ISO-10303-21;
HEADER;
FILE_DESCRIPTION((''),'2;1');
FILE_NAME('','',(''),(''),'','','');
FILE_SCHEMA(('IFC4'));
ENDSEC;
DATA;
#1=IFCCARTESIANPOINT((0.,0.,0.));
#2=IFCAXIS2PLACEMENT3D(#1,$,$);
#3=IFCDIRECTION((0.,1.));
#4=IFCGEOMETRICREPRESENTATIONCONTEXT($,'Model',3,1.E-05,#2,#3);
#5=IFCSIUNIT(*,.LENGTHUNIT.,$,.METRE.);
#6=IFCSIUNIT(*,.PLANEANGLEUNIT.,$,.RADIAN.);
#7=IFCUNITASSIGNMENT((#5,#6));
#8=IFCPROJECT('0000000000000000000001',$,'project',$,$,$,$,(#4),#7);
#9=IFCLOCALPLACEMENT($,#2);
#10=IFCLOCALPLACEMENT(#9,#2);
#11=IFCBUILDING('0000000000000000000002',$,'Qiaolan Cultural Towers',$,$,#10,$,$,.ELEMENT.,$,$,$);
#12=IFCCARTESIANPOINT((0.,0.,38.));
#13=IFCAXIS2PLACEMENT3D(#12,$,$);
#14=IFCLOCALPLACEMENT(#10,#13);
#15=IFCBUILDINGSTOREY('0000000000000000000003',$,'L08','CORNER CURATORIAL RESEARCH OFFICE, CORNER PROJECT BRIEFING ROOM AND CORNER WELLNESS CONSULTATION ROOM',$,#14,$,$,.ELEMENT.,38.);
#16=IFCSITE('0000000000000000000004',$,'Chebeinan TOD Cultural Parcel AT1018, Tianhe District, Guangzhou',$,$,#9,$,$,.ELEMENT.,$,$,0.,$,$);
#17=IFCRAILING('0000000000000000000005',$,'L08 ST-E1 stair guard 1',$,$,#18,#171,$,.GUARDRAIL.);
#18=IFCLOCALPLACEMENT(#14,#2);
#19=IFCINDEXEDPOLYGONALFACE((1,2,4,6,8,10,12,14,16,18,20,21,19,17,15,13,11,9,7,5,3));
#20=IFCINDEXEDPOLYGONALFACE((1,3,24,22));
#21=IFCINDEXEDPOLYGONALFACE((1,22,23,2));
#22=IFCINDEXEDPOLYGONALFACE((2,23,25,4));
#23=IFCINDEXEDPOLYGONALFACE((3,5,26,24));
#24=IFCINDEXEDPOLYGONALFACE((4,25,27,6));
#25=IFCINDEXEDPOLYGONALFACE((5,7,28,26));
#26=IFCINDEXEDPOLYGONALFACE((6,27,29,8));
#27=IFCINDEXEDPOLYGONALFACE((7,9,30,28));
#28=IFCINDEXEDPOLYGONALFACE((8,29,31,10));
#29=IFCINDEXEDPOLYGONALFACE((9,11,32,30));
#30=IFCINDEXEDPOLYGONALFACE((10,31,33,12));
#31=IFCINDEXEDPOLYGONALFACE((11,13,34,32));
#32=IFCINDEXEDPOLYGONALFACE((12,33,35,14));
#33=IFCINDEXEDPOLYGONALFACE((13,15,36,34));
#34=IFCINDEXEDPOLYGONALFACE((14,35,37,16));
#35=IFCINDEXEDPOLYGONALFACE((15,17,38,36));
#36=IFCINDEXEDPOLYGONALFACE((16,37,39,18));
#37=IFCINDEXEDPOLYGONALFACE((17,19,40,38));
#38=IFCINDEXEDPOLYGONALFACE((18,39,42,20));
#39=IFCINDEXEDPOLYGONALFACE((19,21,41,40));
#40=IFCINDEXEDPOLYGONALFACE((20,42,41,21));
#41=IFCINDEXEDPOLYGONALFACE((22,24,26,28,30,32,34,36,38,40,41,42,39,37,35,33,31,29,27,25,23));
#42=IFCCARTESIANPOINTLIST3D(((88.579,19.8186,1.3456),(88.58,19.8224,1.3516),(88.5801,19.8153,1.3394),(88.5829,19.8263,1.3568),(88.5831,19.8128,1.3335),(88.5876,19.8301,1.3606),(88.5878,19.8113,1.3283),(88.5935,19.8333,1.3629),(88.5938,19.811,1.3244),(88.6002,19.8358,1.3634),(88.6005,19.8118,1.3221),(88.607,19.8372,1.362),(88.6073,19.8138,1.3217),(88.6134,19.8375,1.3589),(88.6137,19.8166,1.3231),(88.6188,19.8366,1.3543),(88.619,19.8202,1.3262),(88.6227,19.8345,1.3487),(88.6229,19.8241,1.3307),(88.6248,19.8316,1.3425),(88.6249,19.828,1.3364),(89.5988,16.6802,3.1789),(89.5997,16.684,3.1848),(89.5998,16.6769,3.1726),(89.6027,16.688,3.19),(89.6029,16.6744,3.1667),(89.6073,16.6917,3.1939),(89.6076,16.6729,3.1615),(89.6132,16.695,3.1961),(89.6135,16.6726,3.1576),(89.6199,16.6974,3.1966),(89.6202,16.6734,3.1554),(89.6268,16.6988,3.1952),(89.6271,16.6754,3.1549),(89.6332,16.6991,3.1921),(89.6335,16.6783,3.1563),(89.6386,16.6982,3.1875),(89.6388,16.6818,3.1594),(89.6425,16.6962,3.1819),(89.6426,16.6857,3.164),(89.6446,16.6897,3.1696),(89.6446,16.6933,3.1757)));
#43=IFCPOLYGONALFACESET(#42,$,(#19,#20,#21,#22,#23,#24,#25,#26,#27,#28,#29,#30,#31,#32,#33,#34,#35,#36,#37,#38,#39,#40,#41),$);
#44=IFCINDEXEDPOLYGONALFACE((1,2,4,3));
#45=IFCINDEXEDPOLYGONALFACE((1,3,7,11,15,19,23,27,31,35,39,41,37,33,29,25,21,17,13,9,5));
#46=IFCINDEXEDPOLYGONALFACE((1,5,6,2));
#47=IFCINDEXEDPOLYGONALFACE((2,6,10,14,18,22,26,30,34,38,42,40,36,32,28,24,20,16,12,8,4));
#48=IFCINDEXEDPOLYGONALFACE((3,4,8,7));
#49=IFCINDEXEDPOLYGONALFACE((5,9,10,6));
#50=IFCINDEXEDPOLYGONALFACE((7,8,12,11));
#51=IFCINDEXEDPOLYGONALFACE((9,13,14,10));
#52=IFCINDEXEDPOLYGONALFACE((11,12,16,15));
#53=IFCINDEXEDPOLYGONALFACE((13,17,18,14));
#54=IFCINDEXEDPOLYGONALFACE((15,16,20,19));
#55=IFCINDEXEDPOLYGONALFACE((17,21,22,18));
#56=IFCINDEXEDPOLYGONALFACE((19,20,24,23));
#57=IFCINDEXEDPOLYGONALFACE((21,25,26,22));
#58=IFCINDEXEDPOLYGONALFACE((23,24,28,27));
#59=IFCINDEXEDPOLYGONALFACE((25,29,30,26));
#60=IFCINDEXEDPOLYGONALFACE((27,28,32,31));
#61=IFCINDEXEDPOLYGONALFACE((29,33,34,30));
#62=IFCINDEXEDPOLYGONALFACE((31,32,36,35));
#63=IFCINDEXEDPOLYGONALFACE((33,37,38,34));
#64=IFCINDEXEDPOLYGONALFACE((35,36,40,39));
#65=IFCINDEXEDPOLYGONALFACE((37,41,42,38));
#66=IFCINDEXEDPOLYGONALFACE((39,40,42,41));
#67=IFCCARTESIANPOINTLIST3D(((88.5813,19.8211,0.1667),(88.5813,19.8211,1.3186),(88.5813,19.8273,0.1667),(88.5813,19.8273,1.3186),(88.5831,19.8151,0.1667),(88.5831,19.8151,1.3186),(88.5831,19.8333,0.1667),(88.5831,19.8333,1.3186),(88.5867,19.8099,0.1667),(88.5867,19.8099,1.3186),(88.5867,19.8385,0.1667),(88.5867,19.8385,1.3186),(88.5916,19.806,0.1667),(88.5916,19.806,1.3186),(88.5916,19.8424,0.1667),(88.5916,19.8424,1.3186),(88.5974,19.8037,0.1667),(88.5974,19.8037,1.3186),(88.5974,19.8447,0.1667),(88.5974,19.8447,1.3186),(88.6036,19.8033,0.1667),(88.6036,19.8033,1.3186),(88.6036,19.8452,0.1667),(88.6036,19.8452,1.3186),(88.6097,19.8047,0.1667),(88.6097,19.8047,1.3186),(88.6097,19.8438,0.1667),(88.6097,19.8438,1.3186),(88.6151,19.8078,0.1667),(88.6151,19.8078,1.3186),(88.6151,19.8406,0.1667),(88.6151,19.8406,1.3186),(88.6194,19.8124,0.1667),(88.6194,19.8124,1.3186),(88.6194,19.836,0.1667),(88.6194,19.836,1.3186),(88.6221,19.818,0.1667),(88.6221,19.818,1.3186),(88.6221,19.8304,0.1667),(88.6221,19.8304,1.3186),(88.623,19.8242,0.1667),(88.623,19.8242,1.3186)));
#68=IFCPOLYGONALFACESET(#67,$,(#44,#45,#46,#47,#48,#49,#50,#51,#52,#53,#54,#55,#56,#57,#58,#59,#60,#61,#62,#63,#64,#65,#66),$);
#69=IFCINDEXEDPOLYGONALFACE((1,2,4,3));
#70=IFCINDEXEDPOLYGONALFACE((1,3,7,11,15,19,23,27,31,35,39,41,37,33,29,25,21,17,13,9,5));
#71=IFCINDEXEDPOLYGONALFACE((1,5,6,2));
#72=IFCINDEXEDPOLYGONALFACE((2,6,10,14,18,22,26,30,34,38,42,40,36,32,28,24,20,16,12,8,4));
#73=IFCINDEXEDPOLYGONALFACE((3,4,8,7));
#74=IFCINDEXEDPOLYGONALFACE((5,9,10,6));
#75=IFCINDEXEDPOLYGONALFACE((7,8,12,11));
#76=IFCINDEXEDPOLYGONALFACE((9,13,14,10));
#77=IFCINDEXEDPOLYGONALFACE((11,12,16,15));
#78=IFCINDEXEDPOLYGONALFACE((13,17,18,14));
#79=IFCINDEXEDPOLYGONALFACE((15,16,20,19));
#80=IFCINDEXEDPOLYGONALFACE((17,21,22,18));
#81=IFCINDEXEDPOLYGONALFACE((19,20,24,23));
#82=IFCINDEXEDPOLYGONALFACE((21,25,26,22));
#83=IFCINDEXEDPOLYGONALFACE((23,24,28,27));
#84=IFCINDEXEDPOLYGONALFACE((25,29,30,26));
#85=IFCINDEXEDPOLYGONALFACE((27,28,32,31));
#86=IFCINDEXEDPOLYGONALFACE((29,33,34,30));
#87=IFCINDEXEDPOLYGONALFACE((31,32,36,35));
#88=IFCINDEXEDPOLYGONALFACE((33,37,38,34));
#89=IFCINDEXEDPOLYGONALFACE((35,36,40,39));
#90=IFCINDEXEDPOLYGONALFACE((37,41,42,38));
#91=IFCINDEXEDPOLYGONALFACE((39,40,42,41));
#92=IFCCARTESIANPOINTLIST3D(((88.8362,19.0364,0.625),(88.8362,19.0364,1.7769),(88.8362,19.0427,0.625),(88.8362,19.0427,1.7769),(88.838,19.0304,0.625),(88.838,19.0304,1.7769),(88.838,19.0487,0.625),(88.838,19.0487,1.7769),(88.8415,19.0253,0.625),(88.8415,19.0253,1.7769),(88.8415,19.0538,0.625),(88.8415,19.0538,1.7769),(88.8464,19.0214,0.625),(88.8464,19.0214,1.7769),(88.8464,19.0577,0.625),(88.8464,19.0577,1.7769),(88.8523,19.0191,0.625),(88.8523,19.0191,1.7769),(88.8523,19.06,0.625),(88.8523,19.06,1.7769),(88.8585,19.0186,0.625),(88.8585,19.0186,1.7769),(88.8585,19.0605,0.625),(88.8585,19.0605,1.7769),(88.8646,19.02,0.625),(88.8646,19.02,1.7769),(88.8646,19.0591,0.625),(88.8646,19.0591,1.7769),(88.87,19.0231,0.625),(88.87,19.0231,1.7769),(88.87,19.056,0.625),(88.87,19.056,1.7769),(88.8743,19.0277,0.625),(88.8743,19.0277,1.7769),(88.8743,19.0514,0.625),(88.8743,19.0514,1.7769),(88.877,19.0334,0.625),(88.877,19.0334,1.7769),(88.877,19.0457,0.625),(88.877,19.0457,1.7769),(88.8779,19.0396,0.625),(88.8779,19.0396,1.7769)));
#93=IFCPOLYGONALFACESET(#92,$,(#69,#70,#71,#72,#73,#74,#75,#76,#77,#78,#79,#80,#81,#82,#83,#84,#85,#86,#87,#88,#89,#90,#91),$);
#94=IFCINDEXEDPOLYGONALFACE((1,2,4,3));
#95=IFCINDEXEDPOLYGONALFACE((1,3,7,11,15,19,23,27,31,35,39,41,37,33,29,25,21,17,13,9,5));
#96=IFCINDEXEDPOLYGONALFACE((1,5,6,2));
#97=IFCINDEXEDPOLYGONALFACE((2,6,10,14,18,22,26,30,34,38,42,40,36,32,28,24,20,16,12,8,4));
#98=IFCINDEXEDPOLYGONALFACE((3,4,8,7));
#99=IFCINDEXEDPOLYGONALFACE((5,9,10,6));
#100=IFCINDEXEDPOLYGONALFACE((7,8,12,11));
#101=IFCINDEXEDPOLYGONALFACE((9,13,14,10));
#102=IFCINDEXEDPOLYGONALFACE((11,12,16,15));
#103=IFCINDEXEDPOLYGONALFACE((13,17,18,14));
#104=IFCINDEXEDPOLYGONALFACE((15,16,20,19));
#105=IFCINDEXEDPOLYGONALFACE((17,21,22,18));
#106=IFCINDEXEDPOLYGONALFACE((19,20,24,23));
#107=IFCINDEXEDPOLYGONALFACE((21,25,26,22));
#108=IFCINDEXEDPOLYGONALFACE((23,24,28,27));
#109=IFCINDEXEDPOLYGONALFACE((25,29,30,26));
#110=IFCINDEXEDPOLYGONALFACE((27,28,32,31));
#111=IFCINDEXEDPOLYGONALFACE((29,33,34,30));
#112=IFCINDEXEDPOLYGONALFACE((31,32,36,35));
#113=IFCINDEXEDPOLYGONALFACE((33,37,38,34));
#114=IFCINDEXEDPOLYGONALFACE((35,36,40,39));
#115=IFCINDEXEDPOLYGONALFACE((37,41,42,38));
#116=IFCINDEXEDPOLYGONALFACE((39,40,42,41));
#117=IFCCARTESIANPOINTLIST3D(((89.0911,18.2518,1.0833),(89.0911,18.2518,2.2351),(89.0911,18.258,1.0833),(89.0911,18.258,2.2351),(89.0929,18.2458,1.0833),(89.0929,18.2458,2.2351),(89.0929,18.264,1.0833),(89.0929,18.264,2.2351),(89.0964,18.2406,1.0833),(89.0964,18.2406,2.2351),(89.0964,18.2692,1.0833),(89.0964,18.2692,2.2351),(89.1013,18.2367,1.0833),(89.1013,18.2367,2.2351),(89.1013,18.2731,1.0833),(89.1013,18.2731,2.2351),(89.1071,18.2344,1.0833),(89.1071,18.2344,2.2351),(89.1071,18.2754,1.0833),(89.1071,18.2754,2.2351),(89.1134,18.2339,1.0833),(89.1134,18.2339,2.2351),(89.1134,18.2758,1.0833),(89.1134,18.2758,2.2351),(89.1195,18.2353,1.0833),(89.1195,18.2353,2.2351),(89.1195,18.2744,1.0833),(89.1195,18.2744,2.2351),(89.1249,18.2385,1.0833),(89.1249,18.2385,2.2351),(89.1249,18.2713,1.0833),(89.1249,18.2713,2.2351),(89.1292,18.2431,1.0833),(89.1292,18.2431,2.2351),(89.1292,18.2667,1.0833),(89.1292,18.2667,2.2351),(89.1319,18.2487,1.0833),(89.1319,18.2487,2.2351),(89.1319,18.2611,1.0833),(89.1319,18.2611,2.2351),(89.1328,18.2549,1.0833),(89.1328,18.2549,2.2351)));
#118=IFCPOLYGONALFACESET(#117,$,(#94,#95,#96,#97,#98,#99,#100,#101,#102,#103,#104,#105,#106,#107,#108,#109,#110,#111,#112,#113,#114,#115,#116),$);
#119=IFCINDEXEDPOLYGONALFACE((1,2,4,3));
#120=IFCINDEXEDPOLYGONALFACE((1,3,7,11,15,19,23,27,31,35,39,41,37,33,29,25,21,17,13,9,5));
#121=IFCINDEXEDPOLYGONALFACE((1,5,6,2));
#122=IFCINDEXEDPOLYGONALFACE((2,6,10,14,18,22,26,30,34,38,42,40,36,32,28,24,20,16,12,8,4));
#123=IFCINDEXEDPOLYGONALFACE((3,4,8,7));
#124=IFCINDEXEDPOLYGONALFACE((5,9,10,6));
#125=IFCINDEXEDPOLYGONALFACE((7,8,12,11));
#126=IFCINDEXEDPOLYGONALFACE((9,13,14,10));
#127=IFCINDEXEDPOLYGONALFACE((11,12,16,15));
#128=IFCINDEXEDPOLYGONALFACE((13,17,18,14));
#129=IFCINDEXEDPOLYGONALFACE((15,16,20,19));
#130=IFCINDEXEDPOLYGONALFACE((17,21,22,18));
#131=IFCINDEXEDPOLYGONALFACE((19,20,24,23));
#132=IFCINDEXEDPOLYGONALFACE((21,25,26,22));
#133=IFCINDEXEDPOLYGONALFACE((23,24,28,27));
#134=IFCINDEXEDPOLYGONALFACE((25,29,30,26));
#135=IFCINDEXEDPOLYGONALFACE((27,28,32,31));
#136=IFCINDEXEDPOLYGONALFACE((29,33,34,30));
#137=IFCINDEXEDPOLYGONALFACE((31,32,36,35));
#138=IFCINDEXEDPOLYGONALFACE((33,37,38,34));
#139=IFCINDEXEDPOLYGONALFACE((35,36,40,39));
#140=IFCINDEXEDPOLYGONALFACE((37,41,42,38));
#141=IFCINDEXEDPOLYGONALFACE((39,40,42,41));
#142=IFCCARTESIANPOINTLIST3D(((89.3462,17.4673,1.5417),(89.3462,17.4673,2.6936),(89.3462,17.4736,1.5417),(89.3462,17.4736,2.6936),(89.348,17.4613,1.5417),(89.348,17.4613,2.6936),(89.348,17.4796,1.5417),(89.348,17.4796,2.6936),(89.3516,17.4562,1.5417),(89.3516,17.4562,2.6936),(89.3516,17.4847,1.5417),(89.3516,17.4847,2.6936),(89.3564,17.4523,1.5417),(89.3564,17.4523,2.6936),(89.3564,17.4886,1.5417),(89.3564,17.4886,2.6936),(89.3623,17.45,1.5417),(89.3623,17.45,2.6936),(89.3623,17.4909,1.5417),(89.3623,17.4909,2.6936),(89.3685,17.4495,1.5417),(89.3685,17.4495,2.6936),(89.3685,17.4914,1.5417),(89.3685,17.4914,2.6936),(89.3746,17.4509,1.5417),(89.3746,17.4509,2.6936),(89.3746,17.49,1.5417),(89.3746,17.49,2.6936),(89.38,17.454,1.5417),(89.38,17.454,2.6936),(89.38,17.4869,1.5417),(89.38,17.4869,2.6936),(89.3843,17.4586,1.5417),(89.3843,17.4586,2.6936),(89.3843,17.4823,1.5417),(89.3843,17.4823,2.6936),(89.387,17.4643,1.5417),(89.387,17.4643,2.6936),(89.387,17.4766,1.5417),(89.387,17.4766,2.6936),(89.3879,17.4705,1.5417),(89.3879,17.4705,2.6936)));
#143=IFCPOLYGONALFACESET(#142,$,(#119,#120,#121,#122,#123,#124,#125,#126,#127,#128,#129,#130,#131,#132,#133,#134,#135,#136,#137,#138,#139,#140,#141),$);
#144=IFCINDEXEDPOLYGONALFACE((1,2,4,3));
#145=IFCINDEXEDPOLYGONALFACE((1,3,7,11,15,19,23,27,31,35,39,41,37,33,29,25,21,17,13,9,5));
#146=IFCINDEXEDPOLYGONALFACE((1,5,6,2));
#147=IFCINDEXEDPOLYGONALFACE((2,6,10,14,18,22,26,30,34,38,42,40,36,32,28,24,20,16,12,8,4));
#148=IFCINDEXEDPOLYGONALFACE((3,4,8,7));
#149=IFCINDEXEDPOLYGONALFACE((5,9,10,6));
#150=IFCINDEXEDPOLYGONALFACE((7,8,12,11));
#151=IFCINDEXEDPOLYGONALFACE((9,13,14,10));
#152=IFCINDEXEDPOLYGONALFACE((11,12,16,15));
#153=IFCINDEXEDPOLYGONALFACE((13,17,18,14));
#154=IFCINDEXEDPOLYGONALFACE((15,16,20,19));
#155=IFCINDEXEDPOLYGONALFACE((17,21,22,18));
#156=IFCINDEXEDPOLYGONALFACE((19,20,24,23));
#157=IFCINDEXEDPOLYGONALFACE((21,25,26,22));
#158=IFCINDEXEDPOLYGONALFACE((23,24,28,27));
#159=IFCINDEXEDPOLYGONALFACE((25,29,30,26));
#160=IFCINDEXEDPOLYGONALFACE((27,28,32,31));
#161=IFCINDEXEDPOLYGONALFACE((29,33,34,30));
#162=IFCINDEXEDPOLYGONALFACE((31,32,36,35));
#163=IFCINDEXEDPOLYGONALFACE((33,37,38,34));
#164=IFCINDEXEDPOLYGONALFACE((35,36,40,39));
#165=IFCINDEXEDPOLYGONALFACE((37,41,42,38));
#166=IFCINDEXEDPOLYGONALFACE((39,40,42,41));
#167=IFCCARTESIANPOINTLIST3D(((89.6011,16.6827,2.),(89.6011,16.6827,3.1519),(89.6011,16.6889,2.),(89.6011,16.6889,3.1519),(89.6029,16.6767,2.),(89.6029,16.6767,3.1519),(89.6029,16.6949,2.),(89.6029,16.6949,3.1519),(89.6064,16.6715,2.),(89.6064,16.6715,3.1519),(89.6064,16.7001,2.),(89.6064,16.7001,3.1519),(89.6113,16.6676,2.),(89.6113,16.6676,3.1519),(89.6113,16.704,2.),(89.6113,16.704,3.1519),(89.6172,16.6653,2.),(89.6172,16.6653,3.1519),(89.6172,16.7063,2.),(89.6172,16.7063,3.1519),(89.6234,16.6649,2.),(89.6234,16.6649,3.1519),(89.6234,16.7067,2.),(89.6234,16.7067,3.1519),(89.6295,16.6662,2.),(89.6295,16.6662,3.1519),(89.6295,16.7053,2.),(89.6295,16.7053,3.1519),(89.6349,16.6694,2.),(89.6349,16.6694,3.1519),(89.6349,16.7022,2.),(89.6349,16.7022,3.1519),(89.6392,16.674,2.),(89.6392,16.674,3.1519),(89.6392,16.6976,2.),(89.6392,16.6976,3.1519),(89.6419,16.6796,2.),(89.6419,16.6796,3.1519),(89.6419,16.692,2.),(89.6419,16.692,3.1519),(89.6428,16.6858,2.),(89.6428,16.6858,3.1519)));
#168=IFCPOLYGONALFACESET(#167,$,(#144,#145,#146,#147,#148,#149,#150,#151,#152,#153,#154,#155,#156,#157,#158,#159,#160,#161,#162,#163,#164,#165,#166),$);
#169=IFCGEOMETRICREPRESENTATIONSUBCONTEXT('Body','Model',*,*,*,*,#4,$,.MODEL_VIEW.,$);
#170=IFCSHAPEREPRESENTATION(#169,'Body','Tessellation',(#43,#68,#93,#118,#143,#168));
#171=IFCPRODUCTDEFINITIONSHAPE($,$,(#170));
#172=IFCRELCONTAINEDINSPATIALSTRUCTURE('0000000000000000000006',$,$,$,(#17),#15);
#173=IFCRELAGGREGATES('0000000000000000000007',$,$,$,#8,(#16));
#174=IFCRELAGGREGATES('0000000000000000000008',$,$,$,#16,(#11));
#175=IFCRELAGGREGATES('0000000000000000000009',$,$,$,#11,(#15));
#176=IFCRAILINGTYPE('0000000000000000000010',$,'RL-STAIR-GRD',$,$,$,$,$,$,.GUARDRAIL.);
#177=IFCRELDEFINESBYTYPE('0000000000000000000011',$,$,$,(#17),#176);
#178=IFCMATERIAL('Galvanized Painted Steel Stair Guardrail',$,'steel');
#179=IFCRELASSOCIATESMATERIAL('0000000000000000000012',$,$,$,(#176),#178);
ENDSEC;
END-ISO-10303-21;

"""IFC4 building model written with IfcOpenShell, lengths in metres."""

from ifc_helpers import new_model, si_unit, direction, frame, origin, origin_2d, place, context, subcontext, project, spatial, circle, extrude, material, type_object, element, save


model = new_model("IFC4")

# Units and contexts
model_context = context("Model", 3, precision=1e-05, world=origin(), true_north=direction((0.0, 1.0)))
body_context = subcontext(model_context, "Body", "Model", "MODEL_VIEW")
ifc_project = project(units=[si_unit("LENGTHUNIT", "METRE"), si_unit("PLANEANGLEUNIT", "RADIAN")], contexts=[model_context])

# Site, building, storey
site_placement = place(None, origin())
site = spatial("IfcSite", under=ifc_project, at=site_placement, Name="Chebeinan TOD Cultural Parcel AT1018, Tianhe District, Guangzhou", CompositionType="ELEMENT", RefElevation=0.0)
building_placement = place(site_placement, origin())
building = spatial("IfcBuilding", under=site, at=building_placement, Name="Qiaolan Cultural Towers", CompositionType="ELEMENT")
storey_placement = place(building_placement, frame((0.0, 0.0, 38.0)))
storey = spatial("IfcBuildingStorey", under=building, at=storey_placement, Name="L08", Description="CORNER CURATORIAL RESEARCH OFFICE, CORNER PROJECT BRIEFING ROOM AND CORNER WELLNESS CONSULTATION ROOM", CompositionType="ELEMENT", Elevation=38.0)

# Railing
ifc_material_1 = material(Name="Galvanized Painted Steel Stair Guardrail", Category="steel")
railing_type_1 = type_object("IfcRailingType", Name="RL-STAIR-GRD", PredefinedType="GUARDRAIL", material=ifc_material_1)
railing_1_placement = place(storey_placement, frame((88.6021, 19.8242, 0.1667)))
element("IfcRailing", 1, at=railing_1_placement, inside=storey, type_object=railing_type_1, Name="L08 ST-E1 stair guard 1", PredefinedType="GUARDRAIL", context=body_context, shape_type="SweptSolid", body=[
    extrude(circle(Radius=0.0239, at=origin_2d()), frame((0.0, 0.0, 1.1758), z_axis=(0.270141, -0.831376, 0.485632), x_axis=(0.951053, 0.309028, 0.0)), (0.0, 0.0, 1.0), 3.7749),
    extrude(circle(Radius=0.021, at=origin_2d()), origin(), (0.0, 0.0, 1.0), 1.1519),
    extrude(circle(Radius=0.021, at=origin_2d()), frame((0.2549, -0.7847, 0.4583)), (0.0, 0.0, 1.0), 1.1519),
    extrude(circle(Radius=0.021, at=origin_2d()), frame((0.5098, -1.5693, 0.9165)), (0.0, 0.0, 1.0), 1.1519),
    extrude(circle(Radius=0.021, at=origin_2d()), frame((0.7649, -2.3538, 1.375)), (0.0, 0.0, 1.0), 1.1519),
    extrude(circle(Radius=0.021, at=origin_2d()), frame((1.0198, -3.1384, 1.8333)), (0.0, 0.0, 1.0), 1.1519),
])

save(model, "model.ifc")
